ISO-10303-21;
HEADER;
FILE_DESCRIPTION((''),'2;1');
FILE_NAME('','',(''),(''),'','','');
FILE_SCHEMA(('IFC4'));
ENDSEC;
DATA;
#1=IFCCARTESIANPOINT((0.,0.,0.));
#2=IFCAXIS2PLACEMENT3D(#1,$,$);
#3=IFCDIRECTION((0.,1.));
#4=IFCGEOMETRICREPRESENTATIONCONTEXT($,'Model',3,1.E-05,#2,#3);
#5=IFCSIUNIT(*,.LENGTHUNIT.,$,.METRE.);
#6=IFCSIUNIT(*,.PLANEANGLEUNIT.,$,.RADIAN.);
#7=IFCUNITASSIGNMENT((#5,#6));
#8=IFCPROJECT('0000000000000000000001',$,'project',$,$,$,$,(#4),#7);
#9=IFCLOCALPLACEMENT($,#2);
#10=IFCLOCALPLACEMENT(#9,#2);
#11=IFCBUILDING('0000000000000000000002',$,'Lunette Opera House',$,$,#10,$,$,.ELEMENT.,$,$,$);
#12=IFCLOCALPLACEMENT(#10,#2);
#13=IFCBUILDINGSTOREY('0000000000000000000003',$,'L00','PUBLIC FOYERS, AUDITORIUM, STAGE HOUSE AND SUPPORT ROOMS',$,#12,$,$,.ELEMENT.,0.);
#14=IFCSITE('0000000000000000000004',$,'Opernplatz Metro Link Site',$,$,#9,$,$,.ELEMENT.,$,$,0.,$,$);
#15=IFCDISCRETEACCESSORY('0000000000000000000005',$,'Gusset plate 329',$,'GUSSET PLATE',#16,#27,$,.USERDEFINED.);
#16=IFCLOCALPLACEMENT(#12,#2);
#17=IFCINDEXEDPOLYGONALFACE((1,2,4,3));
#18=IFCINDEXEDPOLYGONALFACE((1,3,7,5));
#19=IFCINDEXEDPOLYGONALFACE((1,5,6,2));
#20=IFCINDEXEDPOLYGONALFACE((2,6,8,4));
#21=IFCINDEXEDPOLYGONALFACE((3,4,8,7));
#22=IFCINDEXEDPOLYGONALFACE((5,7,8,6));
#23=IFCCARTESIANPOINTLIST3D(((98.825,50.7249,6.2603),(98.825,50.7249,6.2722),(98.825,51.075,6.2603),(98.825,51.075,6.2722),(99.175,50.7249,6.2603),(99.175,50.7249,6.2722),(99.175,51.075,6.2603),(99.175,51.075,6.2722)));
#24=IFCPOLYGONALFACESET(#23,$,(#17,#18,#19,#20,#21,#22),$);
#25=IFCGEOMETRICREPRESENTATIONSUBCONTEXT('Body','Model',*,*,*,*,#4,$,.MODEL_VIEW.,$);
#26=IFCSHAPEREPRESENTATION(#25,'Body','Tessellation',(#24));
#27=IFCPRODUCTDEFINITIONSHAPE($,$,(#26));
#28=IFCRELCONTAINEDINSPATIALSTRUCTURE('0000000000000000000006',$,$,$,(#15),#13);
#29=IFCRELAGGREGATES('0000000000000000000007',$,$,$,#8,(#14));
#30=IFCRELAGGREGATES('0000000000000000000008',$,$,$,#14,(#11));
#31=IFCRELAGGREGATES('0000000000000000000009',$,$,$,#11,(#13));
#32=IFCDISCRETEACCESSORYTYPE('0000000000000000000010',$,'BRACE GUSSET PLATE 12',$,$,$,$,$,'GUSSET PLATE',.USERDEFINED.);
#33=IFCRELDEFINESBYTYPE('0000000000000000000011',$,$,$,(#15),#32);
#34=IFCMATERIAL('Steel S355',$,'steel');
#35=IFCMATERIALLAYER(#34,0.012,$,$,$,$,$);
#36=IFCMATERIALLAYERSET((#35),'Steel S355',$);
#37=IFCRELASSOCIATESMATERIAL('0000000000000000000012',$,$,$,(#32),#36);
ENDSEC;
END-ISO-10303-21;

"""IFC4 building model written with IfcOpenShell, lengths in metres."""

from ifc_helpers import new_model, si_unit, direction, frame, origin, origin_2d, place, context, subcontext, project, spatial, rectangle, extrude, material, layer, layer_set, type_object, element, save


model = new_model("IFC4")

# Units and contexts
model_context = context("Model", 3, precision=1e-05, world=origin(), true_north=direction((0.0, 1.0)))
body_context = subcontext(model_context, "Body", "Model", "MODEL_VIEW")
ifc_project = project(units=[si_unit("LENGTHUNIT", "METRE"), si_unit("PLANEANGLEUNIT", "RADIAN")], contexts=[model_context])

# Site, building, storey
site_placement = place(None, origin())
site = spatial("IfcSite", under=ifc_project, at=site_placement, Name="Opernplatz Metro Link Site", CompositionType="ELEMENT", RefElevation=0.0)
building_placement = place(site_placement, origin())
building = spatial("IfcBuilding", under=site, at=building_placement, Name="Lunette Opera House", CompositionType="ELEMENT")
storey_placement = place(building_placement, origin())
storey = spatial("IfcBuildingStorey", under=building, at=storey_placement, Name="L00", Description="PUBLIC FOYERS, AUDITORIUM, STAGE HOUSE AND SUPPORT ROOMS", CompositionType="ELEMENT", Elevation=0.0)

# Discrete accessory
ifc_material_1 = material(Name="Steel S355", Category="steel")
ifc_layer_1 = layer(ifc_material_1, 0.012)
ifc_layer_set_1 = layer_set([ifc_layer_1], Name="Steel S355")
discrete_accessory_type = type_object("IfcDiscreteAccessoryType", Name="BRACE GUSSET PLATE 12", ElementType="GUSSET PLATE", PredefinedType="USERDEFINED", material=ifc_layer_set_1)
discrete_accessory_placement = place(storey_placement, frame((99.0, 50.8999, 6.2603), z_axis=(0.0, 0.0, 1.0), x_axis=(1.0, 0.0, 0.0)))
element("IfcDiscreteAccessory", 1, at=discrete_accessory_placement, inside=storey, type_object=discrete_accessory_type, Name="Gusset plate 329", ObjectType="GUSSET PLATE", PredefinedType="USERDEFINED", context=body_context, shape_type="SweptSolid", body=[
    extrude(rectangle(XDim=0.3501, YDim=0.3501, at=origin_2d()), origin(), (0.0, 0.0, 1.0), 0.012),
])

save(model, "model.ifc")
